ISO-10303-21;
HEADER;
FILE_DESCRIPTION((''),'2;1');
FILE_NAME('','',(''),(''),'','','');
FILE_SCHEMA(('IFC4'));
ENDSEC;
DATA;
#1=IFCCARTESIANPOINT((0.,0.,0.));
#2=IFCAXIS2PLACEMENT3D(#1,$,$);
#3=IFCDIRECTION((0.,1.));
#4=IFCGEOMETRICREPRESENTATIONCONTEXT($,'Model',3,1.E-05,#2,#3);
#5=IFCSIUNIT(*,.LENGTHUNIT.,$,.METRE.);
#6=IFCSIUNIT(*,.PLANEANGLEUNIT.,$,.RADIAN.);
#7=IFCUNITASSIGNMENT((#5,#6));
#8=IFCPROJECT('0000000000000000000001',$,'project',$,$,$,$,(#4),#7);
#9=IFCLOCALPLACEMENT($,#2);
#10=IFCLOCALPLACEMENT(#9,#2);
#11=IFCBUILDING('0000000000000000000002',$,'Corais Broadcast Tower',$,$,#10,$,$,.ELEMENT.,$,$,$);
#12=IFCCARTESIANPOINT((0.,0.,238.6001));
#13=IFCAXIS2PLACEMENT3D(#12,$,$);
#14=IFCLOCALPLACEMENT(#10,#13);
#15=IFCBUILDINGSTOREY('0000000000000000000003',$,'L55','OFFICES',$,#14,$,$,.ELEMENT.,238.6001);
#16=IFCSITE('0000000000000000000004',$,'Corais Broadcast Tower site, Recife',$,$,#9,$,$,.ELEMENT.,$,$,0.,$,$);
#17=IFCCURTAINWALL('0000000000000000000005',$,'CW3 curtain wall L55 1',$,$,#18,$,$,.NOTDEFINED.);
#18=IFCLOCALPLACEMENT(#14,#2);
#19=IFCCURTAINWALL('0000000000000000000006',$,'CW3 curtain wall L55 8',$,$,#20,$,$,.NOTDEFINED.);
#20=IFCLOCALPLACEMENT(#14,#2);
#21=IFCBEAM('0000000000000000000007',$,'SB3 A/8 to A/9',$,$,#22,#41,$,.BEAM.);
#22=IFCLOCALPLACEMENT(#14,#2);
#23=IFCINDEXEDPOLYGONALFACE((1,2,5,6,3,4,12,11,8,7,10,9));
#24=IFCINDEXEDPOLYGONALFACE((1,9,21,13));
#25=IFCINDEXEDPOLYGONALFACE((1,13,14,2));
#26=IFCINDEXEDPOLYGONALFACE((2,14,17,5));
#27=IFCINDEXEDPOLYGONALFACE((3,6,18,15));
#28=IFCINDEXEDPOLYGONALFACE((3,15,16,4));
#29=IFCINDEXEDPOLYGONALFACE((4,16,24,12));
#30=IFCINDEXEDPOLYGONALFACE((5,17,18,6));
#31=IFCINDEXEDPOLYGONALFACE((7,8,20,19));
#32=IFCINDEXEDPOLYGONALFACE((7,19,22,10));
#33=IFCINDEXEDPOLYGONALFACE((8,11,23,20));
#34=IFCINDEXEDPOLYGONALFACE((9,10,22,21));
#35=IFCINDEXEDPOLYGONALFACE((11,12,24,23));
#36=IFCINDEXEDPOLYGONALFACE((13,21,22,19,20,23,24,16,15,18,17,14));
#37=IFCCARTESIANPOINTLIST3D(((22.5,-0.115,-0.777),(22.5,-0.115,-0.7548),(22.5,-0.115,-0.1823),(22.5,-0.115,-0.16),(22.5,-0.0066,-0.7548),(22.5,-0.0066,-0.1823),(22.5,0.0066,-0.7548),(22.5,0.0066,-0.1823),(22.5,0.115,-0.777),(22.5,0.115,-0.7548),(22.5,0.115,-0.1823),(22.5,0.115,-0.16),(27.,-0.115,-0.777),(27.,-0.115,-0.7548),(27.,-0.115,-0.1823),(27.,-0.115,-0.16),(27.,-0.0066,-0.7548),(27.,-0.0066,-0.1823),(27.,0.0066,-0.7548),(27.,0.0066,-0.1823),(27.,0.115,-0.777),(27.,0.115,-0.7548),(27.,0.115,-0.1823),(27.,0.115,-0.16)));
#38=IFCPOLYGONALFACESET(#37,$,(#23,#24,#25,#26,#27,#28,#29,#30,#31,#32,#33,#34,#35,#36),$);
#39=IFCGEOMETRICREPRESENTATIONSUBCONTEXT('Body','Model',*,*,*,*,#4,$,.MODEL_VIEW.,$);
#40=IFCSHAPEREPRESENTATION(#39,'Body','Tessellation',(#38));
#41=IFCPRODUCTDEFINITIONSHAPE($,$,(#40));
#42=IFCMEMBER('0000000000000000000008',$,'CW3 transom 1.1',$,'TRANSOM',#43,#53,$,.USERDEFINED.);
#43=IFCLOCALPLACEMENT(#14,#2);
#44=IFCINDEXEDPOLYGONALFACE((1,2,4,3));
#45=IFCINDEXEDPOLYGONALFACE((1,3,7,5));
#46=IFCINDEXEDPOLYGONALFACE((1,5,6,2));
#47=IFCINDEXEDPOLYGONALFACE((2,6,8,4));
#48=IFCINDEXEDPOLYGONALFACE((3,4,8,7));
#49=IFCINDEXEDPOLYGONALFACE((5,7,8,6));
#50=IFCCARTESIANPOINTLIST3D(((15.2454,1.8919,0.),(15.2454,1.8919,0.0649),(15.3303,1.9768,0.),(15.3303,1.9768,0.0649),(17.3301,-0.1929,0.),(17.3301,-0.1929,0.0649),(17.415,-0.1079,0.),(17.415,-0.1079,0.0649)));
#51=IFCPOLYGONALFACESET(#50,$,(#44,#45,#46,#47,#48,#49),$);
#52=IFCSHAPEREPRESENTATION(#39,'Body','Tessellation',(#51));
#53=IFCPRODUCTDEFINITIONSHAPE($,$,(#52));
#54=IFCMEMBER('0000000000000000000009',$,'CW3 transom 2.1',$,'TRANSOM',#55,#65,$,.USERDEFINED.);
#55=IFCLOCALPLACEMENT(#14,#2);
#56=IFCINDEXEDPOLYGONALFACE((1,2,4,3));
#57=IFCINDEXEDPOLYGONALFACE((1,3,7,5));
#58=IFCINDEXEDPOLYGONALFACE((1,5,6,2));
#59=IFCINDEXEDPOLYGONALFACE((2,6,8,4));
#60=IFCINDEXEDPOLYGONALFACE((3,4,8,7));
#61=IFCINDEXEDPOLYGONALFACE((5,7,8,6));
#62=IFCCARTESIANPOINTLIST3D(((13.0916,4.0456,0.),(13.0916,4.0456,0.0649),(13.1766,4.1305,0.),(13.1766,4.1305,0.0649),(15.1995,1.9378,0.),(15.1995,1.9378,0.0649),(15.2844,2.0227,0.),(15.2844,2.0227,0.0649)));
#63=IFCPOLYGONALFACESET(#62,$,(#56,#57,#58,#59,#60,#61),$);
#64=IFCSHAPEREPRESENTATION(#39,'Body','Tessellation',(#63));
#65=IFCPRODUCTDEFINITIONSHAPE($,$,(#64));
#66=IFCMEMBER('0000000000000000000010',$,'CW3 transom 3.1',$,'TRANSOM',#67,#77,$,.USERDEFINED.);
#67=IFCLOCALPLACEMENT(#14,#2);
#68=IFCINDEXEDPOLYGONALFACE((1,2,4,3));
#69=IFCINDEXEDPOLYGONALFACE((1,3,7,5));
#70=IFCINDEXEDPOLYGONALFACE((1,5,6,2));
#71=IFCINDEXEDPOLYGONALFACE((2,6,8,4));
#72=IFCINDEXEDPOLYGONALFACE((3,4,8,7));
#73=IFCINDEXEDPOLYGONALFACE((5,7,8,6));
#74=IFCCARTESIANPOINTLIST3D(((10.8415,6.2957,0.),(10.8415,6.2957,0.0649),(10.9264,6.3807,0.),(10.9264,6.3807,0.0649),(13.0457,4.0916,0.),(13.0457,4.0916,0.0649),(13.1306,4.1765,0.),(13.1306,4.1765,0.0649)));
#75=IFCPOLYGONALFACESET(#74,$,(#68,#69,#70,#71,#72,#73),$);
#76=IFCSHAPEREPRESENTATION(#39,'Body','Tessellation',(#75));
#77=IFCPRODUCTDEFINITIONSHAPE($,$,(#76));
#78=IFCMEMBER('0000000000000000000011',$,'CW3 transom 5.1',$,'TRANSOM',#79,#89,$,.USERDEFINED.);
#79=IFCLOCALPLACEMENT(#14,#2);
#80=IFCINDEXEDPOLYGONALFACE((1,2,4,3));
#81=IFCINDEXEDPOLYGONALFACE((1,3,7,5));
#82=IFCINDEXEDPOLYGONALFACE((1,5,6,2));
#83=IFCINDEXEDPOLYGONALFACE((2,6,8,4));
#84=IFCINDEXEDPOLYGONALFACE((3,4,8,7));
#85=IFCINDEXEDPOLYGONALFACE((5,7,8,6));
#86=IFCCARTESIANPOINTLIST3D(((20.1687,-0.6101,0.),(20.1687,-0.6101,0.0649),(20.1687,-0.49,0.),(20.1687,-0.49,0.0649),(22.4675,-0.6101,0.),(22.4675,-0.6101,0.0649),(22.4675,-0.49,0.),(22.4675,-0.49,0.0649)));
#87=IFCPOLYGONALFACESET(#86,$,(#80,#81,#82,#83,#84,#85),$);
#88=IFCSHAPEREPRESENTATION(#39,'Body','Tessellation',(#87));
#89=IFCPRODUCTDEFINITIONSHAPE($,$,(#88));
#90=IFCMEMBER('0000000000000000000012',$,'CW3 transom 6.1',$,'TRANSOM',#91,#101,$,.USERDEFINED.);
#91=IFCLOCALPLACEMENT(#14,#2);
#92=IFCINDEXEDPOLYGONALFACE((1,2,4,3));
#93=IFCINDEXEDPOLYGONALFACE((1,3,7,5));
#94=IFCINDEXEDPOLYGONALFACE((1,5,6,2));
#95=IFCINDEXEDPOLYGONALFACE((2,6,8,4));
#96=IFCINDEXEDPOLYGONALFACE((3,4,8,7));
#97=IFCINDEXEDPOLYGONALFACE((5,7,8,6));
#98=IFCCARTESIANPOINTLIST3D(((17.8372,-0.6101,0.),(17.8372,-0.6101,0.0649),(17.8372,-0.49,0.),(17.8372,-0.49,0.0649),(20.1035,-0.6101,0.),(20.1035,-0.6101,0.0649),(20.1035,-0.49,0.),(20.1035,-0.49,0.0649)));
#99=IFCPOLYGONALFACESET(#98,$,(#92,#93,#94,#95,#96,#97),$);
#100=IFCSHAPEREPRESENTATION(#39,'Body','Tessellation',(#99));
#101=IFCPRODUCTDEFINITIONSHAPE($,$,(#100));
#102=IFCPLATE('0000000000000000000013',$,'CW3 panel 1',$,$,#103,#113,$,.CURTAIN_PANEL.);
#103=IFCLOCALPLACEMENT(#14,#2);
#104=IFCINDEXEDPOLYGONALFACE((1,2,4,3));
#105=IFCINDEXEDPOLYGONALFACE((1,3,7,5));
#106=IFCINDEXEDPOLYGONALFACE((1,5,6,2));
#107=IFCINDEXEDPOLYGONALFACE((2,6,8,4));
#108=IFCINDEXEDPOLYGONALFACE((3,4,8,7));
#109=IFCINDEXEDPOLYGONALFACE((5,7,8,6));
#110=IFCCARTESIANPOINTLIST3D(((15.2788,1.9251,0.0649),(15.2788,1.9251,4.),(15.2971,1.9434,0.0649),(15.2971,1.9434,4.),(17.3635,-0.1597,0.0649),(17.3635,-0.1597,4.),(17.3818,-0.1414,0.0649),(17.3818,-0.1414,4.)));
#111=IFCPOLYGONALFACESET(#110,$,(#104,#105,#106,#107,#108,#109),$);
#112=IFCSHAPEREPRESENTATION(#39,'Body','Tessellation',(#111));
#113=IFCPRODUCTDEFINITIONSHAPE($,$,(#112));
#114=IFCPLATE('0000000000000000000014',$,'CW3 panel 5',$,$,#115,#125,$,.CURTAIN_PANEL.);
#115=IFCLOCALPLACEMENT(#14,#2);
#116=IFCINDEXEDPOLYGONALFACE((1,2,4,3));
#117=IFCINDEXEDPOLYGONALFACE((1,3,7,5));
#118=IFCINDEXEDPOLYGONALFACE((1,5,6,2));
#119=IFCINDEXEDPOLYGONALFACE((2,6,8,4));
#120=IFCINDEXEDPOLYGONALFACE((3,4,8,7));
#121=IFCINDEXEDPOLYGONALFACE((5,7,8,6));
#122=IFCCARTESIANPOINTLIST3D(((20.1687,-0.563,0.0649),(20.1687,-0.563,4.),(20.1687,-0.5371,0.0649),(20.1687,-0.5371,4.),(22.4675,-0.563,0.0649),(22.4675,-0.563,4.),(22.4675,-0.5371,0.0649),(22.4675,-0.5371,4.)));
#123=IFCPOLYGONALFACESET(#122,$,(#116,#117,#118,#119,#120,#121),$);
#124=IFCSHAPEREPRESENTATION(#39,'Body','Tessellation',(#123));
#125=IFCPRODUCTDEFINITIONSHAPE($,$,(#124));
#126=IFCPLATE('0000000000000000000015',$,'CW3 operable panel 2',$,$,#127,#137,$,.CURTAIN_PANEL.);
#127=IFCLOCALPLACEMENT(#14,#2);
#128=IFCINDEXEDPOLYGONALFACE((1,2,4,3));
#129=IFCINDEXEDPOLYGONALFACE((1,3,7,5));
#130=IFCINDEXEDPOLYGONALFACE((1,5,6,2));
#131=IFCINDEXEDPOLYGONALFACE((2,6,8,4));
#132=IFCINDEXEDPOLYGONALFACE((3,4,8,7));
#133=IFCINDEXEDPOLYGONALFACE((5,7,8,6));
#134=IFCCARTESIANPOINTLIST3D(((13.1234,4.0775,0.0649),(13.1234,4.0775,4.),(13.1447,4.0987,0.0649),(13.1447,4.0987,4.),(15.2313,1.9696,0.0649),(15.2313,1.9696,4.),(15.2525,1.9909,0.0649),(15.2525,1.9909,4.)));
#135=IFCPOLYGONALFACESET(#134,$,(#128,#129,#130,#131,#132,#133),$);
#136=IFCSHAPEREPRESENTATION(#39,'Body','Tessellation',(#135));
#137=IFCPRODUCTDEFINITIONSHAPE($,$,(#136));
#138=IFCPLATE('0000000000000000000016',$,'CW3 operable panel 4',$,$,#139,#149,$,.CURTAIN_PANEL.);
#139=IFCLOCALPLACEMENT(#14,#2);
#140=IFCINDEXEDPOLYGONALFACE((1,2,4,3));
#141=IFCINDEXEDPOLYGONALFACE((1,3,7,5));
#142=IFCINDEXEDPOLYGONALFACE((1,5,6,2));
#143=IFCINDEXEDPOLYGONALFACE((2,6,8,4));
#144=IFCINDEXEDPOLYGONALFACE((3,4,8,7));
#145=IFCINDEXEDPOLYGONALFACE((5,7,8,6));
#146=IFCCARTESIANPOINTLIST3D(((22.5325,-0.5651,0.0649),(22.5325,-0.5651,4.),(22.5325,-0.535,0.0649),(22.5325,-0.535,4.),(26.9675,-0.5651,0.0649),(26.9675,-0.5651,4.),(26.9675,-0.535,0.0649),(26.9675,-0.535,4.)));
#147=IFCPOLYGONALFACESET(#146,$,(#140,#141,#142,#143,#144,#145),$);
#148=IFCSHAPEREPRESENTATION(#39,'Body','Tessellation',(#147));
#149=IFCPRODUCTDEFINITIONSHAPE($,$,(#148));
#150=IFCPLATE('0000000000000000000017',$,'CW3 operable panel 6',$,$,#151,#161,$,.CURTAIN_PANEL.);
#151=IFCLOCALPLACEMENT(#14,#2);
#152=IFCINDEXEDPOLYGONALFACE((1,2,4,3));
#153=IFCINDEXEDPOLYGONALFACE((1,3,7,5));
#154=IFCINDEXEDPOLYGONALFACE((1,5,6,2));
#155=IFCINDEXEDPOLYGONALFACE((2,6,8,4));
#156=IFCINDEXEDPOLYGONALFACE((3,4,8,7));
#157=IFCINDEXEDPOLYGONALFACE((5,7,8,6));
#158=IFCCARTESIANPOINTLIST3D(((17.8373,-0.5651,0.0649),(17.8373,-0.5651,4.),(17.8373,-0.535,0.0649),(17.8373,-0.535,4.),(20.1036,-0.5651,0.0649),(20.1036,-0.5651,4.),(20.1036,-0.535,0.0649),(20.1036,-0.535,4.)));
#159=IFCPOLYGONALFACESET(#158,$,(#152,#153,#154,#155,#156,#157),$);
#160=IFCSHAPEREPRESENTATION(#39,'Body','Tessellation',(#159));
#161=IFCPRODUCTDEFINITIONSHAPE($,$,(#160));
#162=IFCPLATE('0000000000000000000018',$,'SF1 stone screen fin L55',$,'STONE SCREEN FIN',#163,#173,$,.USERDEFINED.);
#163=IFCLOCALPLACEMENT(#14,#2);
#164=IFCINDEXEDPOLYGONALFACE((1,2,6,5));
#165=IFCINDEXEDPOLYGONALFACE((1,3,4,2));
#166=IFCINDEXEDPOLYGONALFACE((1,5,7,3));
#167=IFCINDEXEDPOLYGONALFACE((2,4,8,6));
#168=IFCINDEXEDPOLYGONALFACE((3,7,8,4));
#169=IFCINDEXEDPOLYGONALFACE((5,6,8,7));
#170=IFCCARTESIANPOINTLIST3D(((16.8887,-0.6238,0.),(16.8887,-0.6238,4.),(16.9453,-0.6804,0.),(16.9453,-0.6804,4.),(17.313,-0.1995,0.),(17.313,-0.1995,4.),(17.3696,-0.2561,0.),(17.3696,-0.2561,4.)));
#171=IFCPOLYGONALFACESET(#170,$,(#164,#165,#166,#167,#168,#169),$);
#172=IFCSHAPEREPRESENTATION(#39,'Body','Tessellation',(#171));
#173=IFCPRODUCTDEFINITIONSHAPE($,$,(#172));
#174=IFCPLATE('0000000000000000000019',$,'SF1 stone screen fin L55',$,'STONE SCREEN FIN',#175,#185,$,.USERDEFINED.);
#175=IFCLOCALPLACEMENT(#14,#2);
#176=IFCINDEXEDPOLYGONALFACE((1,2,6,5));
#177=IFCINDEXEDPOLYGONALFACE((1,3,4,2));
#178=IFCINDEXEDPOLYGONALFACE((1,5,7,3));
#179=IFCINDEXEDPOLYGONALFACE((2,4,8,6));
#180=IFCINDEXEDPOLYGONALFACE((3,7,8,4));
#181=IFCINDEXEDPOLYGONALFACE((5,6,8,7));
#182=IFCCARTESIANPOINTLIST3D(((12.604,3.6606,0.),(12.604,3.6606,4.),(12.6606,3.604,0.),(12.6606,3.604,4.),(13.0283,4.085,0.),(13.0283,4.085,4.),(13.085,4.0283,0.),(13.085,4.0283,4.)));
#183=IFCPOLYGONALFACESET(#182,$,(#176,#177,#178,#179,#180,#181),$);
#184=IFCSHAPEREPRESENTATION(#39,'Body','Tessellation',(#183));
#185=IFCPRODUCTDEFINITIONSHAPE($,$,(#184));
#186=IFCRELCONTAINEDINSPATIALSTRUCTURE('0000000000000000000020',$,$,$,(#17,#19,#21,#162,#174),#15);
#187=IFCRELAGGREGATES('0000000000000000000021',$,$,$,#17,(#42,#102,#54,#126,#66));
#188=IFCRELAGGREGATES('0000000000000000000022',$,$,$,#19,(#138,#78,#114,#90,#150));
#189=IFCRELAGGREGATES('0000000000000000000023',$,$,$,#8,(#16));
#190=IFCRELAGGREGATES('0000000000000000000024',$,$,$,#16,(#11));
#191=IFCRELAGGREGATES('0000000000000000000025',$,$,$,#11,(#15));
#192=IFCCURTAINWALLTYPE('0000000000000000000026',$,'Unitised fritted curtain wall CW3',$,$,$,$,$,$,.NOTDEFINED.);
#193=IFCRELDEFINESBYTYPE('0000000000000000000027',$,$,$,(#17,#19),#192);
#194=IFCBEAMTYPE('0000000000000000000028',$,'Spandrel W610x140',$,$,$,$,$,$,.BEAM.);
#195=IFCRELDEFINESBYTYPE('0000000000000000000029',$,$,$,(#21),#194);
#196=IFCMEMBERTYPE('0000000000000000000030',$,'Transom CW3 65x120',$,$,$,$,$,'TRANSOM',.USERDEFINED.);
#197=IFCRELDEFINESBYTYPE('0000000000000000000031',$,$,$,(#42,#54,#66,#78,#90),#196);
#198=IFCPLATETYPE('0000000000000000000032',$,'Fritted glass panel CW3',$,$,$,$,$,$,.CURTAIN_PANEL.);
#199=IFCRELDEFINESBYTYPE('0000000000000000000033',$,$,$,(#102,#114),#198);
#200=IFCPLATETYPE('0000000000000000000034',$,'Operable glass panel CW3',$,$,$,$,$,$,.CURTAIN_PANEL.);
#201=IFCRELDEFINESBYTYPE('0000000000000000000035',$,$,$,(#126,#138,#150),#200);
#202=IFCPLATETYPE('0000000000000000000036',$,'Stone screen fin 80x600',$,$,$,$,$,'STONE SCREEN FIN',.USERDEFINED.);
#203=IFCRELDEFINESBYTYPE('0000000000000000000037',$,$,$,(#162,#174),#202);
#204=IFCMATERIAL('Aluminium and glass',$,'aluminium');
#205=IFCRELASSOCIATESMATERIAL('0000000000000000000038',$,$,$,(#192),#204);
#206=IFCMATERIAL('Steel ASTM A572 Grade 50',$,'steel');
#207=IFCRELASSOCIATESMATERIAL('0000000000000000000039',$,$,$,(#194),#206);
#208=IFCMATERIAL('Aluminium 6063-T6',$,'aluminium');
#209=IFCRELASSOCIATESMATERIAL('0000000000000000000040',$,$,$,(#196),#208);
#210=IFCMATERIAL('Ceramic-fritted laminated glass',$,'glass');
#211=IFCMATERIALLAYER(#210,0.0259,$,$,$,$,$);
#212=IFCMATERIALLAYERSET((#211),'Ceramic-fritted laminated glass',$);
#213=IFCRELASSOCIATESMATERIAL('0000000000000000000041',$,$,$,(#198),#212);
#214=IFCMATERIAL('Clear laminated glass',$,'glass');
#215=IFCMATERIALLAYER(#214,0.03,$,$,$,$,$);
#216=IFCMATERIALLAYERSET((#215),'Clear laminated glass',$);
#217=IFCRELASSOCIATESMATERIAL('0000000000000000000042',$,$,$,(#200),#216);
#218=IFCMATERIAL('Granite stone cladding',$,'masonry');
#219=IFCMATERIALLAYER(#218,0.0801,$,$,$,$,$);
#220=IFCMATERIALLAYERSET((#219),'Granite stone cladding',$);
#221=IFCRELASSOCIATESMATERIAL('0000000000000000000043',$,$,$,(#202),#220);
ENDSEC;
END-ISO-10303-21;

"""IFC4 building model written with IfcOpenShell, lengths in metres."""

from ifc_helpers import new_model, si_unit, direction, frame, origin, origin_2d, place, context, subcontext, project, spatial, rectangle, i_section, extrude, material, layer, layer_set, material_profile, profile_set, type_object, element, aggregate, save


model = new_model("IFC4")

# Units and contexts
model_context = context("Model", 3, precision=1e-05, world=origin(), true_north=direction((0.0, 1.0)))
body_context = subcontext(model_context, "Body", "Model", "MODEL_VIEW")
ifc_project = project(units=[si_unit("LENGTHUNIT", "METRE"), si_unit("PLANEANGLEUNIT", "RADIAN")], contexts=[model_context])

# Site, building, storey
site_placement = place(None, origin())
site = spatial("IfcSite", under=ifc_project, at=site_placement, Name="Corais Broadcast Tower site, Recife", CompositionType="ELEMENT", RefElevation=0.0)
building_placement = place(site_placement, origin())
building = spatial("IfcBuilding", under=site, at=building_placement, Name="Corais Broadcast Tower", CompositionType="ELEMENT")
storey_placement = place(building_placement, frame((0.0, 0.0, 238.6001)))
storey = spatial("IfcBuildingStorey", under=building, at=storey_placement, Name="L55", Description="OFFICES", CompositionType="ELEMENT", Elevation=238.6001)

# Curtain walls
ifc_material_1 = material(Name="Aluminium and glass", Category="aluminium")
curtain_wall_type = type_object("IfcCurtainWallType", Name="Unitised fritted curtain wall CW3", PredefinedType="NOTDEFINED", material=ifc_material_1)
curtain_wall_1_placement = place(storey_placement, origin())
curtain_wall_1 = element("IfcCurtainWall", 1, at=curtain_wall_1_placement, inside=storey, type_object=curtain_wall_type, Name="CW3 curtain wall L55 1", PredefinedType="NOTDEFINED")
curtain_wall_2_placement = place(storey_placement, origin())
curtain_wall_2 = element("IfcCurtainWall", 2, at=curtain_wall_2_placement, inside=storey, type_object=curtain_wall_type, Name="CW3 curtain wall L55 8", PredefinedType="NOTDEFINED")

# Beam
ifc_material_2 = material(Name="Steel ASTM A572 Grade 50", Category="steel")
ifc_material_profile_1 = material_profile(ifc_material_2, i_section(OverallWidth=0.23, OverallDepth=0.6169, WebThickness=0.0132, FlangeThickness=0.0222, at=origin_2d()), Name="W610x140")
ifc_profile_set_1 = profile_set([ifc_material_profile_1], Name="Steel ASTM A572 Grade 50")
beam_type_1 = type_object("IfcBeamType", Name="Spandrel W610x140", PredefinedType="BEAM", material=ifc_profile_set_1)
for number, where, z_axis, x_axis, name in (
    (3, (22.5, 0.0, -0.4685), (1.0, 0.0, 0.0), (0.0, 1.0, 0.0), "SB3 A/8 to A/9"),
):
    element("IfcBeam", number, at=place(storey_placement, frame(where, z_axis=z_axis, x_axis=x_axis)), inside=storey, type_object=beam_type_1, Name=name, PredefinedType="BEAM", context=body_context, shape_type="SweptSolid", body=[
        extrude(i_section(OverallWidth=0.23, OverallDepth=0.6169, WebThickness=0.0132, FlangeThickness=0.0222, at=origin_2d()), origin(), (0.0, 0.0, 1.0), 4.5),
    ])

# Members
ifc_material_3 = material(Name="Aluminium 6063-T6", Category="aluminium")
ifc_material_profile_2 = material_profile(ifc_material_3, rectangle(XDim=0.1201, YDim=0.0649, at=origin_2d()), Name="Transom CW3 65x120")
ifc_profile_set_2 = profile_set([ifc_material_profile_2], Name="Aluminium 6063-T6")
member_type_1 = type_object("IfcMemberType", Name="Transom CW3 65x120", ElementType="TRANSOM", PredefinedType="USERDEFINED", material=ifc_profile_set_2)
member_1_placement = place(storey_placement, frame((17.3726, -0.1504, 0.0325), z_axis=(-0.707107, 0.707107, 0.0), x_axis=(-0.707107, -0.707107, 0.0)))
member_1 = element("IfcMember", 4, at=member_1_placement, type_object=member_type_1, Name="CW3 transom 1.1", ObjectType="TRANSOM", PredefinedType="USERDEFINED", context=body_context, shape_type="SweptSolid", body=[
    extrude(rectangle(XDim=0.1201, YDim=0.0649, at=origin_2d()), origin(), (0.0, 0.0, 1.0), 2.9482),
])
member_2_placement = place(storey_placement, frame((15.2419, 1.9802, 0.0325), z_axis=(-0.707107, 0.707107, 0.0), x_axis=(-0.707107, -0.707107, 0.0)))
member_2 = element("IfcMember", 5, at=member_2_placement, type_object=member_type_1, Name="CW3 transom 2.1", ObjectType="TRANSOM", PredefinedType="USERDEFINED", context=body_context, shape_type="SweptSolid", body=[
    extrude(rectangle(XDim=0.1201, YDim=0.0649, at=origin_2d()), origin(), (0.0, 0.0, 1.0), 2.981),
])
member_3_placement = place(storey_placement, frame((13.0881, 4.134, 0.0325), z_axis=(-0.707107, 0.707107, 0.0), x_axis=(-0.707107, -0.707107, 0.0)))
member_3 = element("IfcMember", 6, at=member_3_placement, type_object=member_type_1, Name="CW3 transom 3.1", ObjectType="TRANSOM", PredefinedType="USERDEFINED", context=body_context, shape_type="SweptSolid", body=[
    extrude(rectangle(XDim=0.1201, YDim=0.0649, at=origin_2d()), origin(), (0.0, 0.0, 1.0), 3.1172),
])
member_4_placement = place(storey_placement, frame((22.4675, -0.55, 0.0325), z_axis=(-1.0, 0.0, 0.0), x_axis=(0.0, -1.0, 0.0)))
member_4 = element("IfcMember", 7, at=member_4_placement, type_object=member_type_1, Name="CW3 transom 5.1", ObjectType="TRANSOM", PredefinedType="USERDEFINED", context=body_context, shape_type="SweptSolid", body=[
    extrude(rectangle(XDim=0.1201, YDim=0.0649, at=origin_2d()), origin(), (0.0, 0.0, 1.0), 2.2988),
])
member_5_placement = place(storey_placement, frame((20.1035, -0.55, 0.0325), z_axis=(-1.0, 0.0, 0.0), x_axis=(0.0, -1.0, 0.0)))
member_5 = element("IfcMember", 8, at=member_5_placement, type_object=member_type_1, Name="CW3 transom 6.1", ObjectType="TRANSOM", PredefinedType="USERDEFINED", context=body_context, shape_type="SweptSolid", body=[
    extrude(rectangle(XDim=0.1201, YDim=0.0649, at=origin_2d()), origin(), (0.0, 0.0, 1.0), 2.2664),
])

# Plates
ifc_material_4 = material(Name="Ceramic-fritted laminated glass", Category="glass")
ifc_layer_1 = layer(ifc_material_4, 0.0259)
ifc_layer_set_1 = layer_set([ifc_layer_1], Name="Ceramic-fritted laminated glass")
plate_type_1 = type_object("IfcPlateType", Name="Fritted glass panel CW3", PredefinedType="CURTAIN_PANEL", material=ifc_layer_set_1)
plate_1_placement = place(storey_placement, frame((16.3303, 0.8918, 0.0649), z_axis=(0.0, 0.0, 1.0), x_axis=(-0.707107, 0.707107, 0.0)))
plate_1 = element("IfcPlate", 9, at=plate_1_placement, type_object=plate_type_1, Name="CW3 panel 1", PredefinedType="CURTAIN_PANEL", context=body_context, shape_type="SweptSolid", body=[
    extrude(rectangle(XDim=2.9482, YDim=0.0259, at=origin_2d()), origin(), (0.0, 0.0, 1.0), 3.9351),
])
plate_2_placement = place(storey_placement, frame((21.3181, -0.55, 0.0649), z_axis=(0.0, 0.0, 1.0), x_axis=(-1.0, 0.0, 0.0)))
plate_2 = element("IfcPlate", 10, at=plate_2_placement, type_object=plate_type_1, Name="CW3 panel 5", PredefinedType="CURTAIN_PANEL", context=body_context, shape_type="SweptSolid", body=[
    extrude(rectangle(XDim=2.2988, YDim=0.0259, at=origin_2d()), origin(), (0.0, 0.0, 1.0), 3.9351),
])
ifc_material_5 = material(Name="Clear laminated glass", Category="glass")
ifc_layer_2 = layer(ifc_material_5, 0.03)
ifc_layer_set_2 = layer_set([ifc_layer_2], Name="Clear laminated glass")
plate_type_2 = type_object("IfcPlateType", Name="Operable glass panel CW3", PredefinedType="CURTAIN_PANEL", material=ifc_layer_set_2)
plate_3_placement = place(storey_placement, frame((14.188, 3.0342, 0.0649), z_axis=(0.0, 0.0, 1.0), x_axis=(-0.707107, 0.707107, 0.0)))
plate_3 = element("IfcPlate", 11, at=plate_3_placement, type_object=plate_type_2, Name="CW3 operable panel 2", PredefinedType="CURTAIN_PANEL", context=body_context, shape_type="SweptSolid", body=[
    extrude(rectangle(XDim=2.981, YDim=0.03, at=origin_2d()), origin(), (0.0, 0.0, 1.0), 3.9351),
])
aggregate(curtain_wall_1, [member_1, plate_1, member_2, plate_3, member_3])
plate_4_placement = place(storey_placement, frame((24.75, -0.55, 0.0649), z_axis=(0.0, 0.0, 1.0), x_axis=(-1.0, 0.0, 0.0)))
plate_4 = element("IfcPlate", 12, at=plate_4_placement, type_object=plate_type_2, Name="CW3 operable panel 4", PredefinedType="CURTAIN_PANEL", context=body_context, shape_type="SweptSolid", body=[
    extrude(rectangle(XDim=4.4351, YDim=0.03, at=origin_2d()), origin(), (0.0, 0.0, 1.0), 3.9351),
])
plate_5_placement = place(storey_placement, frame((18.9705, -0.55, 0.0649), z_axis=(0.0, 0.0, 1.0), x_axis=(-1.0, 0.0, 0.0)))
plate_5 = element("IfcPlate", 13, at=plate_5_placement, type_object=plate_type_2, Name="CW3 operable panel 6", PredefinedType="CURTAIN_PANEL", context=body_context, shape_type="SweptSolid", body=[
    extrude(rectangle(XDim=2.2664, YDim=0.03, at=origin_2d()), origin(), (0.0, 0.0, 1.0), 3.9351),
])
aggregate(curtain_wall_2, [plate_4, member_4, plate_2, member_5, plate_5])

# Plates
ifc_material_6 = material(Name="Granite stone cladding", Category="masonry")
ifc_layer_3 = layer(ifc_material_6, 0.0801)
ifc_layer_set_3 = layer_set([ifc_layer_3], Name="Granite stone cladding")
plate_type_3 = type_object("IfcPlateType", Name="Stone screen fin 80x600", ElementType="STONE SCREEN FIN", PredefinedType="USERDEFINED", material=ifc_layer_set_3)
for number, where, z_axis, x_axis, name in (
    (14, (17.1292, -0.4399, 0.0), (0.0, 0.0, 1.0), (-0.707107, 0.707107, 0.0), "SF1 stone screen fin L55"),
    (15, (12.8445, 3.8445, 0.0), (0.0, 0.0, 1.0), (-0.707107, 0.707107, 0.0), "SF1 stone screen fin L55"),
):
    element("IfcPlate", number, at=place(storey_placement, frame(where, z_axis=z_axis, x_axis=x_axis)), inside=storey, type_object=plate_type_3, Name=name, ObjectType="STONE SCREEN FIN", PredefinedType="USERDEFINED", context=body_context, shape_type="SweptSolid", body=[
        extrude(rectangle(XDim=0.0801, YDim=0.6001, at=origin_2d()), origin(), (0.0, 0.0, 1.0), 4.0),
    ])

save(model, "model.ifc")
